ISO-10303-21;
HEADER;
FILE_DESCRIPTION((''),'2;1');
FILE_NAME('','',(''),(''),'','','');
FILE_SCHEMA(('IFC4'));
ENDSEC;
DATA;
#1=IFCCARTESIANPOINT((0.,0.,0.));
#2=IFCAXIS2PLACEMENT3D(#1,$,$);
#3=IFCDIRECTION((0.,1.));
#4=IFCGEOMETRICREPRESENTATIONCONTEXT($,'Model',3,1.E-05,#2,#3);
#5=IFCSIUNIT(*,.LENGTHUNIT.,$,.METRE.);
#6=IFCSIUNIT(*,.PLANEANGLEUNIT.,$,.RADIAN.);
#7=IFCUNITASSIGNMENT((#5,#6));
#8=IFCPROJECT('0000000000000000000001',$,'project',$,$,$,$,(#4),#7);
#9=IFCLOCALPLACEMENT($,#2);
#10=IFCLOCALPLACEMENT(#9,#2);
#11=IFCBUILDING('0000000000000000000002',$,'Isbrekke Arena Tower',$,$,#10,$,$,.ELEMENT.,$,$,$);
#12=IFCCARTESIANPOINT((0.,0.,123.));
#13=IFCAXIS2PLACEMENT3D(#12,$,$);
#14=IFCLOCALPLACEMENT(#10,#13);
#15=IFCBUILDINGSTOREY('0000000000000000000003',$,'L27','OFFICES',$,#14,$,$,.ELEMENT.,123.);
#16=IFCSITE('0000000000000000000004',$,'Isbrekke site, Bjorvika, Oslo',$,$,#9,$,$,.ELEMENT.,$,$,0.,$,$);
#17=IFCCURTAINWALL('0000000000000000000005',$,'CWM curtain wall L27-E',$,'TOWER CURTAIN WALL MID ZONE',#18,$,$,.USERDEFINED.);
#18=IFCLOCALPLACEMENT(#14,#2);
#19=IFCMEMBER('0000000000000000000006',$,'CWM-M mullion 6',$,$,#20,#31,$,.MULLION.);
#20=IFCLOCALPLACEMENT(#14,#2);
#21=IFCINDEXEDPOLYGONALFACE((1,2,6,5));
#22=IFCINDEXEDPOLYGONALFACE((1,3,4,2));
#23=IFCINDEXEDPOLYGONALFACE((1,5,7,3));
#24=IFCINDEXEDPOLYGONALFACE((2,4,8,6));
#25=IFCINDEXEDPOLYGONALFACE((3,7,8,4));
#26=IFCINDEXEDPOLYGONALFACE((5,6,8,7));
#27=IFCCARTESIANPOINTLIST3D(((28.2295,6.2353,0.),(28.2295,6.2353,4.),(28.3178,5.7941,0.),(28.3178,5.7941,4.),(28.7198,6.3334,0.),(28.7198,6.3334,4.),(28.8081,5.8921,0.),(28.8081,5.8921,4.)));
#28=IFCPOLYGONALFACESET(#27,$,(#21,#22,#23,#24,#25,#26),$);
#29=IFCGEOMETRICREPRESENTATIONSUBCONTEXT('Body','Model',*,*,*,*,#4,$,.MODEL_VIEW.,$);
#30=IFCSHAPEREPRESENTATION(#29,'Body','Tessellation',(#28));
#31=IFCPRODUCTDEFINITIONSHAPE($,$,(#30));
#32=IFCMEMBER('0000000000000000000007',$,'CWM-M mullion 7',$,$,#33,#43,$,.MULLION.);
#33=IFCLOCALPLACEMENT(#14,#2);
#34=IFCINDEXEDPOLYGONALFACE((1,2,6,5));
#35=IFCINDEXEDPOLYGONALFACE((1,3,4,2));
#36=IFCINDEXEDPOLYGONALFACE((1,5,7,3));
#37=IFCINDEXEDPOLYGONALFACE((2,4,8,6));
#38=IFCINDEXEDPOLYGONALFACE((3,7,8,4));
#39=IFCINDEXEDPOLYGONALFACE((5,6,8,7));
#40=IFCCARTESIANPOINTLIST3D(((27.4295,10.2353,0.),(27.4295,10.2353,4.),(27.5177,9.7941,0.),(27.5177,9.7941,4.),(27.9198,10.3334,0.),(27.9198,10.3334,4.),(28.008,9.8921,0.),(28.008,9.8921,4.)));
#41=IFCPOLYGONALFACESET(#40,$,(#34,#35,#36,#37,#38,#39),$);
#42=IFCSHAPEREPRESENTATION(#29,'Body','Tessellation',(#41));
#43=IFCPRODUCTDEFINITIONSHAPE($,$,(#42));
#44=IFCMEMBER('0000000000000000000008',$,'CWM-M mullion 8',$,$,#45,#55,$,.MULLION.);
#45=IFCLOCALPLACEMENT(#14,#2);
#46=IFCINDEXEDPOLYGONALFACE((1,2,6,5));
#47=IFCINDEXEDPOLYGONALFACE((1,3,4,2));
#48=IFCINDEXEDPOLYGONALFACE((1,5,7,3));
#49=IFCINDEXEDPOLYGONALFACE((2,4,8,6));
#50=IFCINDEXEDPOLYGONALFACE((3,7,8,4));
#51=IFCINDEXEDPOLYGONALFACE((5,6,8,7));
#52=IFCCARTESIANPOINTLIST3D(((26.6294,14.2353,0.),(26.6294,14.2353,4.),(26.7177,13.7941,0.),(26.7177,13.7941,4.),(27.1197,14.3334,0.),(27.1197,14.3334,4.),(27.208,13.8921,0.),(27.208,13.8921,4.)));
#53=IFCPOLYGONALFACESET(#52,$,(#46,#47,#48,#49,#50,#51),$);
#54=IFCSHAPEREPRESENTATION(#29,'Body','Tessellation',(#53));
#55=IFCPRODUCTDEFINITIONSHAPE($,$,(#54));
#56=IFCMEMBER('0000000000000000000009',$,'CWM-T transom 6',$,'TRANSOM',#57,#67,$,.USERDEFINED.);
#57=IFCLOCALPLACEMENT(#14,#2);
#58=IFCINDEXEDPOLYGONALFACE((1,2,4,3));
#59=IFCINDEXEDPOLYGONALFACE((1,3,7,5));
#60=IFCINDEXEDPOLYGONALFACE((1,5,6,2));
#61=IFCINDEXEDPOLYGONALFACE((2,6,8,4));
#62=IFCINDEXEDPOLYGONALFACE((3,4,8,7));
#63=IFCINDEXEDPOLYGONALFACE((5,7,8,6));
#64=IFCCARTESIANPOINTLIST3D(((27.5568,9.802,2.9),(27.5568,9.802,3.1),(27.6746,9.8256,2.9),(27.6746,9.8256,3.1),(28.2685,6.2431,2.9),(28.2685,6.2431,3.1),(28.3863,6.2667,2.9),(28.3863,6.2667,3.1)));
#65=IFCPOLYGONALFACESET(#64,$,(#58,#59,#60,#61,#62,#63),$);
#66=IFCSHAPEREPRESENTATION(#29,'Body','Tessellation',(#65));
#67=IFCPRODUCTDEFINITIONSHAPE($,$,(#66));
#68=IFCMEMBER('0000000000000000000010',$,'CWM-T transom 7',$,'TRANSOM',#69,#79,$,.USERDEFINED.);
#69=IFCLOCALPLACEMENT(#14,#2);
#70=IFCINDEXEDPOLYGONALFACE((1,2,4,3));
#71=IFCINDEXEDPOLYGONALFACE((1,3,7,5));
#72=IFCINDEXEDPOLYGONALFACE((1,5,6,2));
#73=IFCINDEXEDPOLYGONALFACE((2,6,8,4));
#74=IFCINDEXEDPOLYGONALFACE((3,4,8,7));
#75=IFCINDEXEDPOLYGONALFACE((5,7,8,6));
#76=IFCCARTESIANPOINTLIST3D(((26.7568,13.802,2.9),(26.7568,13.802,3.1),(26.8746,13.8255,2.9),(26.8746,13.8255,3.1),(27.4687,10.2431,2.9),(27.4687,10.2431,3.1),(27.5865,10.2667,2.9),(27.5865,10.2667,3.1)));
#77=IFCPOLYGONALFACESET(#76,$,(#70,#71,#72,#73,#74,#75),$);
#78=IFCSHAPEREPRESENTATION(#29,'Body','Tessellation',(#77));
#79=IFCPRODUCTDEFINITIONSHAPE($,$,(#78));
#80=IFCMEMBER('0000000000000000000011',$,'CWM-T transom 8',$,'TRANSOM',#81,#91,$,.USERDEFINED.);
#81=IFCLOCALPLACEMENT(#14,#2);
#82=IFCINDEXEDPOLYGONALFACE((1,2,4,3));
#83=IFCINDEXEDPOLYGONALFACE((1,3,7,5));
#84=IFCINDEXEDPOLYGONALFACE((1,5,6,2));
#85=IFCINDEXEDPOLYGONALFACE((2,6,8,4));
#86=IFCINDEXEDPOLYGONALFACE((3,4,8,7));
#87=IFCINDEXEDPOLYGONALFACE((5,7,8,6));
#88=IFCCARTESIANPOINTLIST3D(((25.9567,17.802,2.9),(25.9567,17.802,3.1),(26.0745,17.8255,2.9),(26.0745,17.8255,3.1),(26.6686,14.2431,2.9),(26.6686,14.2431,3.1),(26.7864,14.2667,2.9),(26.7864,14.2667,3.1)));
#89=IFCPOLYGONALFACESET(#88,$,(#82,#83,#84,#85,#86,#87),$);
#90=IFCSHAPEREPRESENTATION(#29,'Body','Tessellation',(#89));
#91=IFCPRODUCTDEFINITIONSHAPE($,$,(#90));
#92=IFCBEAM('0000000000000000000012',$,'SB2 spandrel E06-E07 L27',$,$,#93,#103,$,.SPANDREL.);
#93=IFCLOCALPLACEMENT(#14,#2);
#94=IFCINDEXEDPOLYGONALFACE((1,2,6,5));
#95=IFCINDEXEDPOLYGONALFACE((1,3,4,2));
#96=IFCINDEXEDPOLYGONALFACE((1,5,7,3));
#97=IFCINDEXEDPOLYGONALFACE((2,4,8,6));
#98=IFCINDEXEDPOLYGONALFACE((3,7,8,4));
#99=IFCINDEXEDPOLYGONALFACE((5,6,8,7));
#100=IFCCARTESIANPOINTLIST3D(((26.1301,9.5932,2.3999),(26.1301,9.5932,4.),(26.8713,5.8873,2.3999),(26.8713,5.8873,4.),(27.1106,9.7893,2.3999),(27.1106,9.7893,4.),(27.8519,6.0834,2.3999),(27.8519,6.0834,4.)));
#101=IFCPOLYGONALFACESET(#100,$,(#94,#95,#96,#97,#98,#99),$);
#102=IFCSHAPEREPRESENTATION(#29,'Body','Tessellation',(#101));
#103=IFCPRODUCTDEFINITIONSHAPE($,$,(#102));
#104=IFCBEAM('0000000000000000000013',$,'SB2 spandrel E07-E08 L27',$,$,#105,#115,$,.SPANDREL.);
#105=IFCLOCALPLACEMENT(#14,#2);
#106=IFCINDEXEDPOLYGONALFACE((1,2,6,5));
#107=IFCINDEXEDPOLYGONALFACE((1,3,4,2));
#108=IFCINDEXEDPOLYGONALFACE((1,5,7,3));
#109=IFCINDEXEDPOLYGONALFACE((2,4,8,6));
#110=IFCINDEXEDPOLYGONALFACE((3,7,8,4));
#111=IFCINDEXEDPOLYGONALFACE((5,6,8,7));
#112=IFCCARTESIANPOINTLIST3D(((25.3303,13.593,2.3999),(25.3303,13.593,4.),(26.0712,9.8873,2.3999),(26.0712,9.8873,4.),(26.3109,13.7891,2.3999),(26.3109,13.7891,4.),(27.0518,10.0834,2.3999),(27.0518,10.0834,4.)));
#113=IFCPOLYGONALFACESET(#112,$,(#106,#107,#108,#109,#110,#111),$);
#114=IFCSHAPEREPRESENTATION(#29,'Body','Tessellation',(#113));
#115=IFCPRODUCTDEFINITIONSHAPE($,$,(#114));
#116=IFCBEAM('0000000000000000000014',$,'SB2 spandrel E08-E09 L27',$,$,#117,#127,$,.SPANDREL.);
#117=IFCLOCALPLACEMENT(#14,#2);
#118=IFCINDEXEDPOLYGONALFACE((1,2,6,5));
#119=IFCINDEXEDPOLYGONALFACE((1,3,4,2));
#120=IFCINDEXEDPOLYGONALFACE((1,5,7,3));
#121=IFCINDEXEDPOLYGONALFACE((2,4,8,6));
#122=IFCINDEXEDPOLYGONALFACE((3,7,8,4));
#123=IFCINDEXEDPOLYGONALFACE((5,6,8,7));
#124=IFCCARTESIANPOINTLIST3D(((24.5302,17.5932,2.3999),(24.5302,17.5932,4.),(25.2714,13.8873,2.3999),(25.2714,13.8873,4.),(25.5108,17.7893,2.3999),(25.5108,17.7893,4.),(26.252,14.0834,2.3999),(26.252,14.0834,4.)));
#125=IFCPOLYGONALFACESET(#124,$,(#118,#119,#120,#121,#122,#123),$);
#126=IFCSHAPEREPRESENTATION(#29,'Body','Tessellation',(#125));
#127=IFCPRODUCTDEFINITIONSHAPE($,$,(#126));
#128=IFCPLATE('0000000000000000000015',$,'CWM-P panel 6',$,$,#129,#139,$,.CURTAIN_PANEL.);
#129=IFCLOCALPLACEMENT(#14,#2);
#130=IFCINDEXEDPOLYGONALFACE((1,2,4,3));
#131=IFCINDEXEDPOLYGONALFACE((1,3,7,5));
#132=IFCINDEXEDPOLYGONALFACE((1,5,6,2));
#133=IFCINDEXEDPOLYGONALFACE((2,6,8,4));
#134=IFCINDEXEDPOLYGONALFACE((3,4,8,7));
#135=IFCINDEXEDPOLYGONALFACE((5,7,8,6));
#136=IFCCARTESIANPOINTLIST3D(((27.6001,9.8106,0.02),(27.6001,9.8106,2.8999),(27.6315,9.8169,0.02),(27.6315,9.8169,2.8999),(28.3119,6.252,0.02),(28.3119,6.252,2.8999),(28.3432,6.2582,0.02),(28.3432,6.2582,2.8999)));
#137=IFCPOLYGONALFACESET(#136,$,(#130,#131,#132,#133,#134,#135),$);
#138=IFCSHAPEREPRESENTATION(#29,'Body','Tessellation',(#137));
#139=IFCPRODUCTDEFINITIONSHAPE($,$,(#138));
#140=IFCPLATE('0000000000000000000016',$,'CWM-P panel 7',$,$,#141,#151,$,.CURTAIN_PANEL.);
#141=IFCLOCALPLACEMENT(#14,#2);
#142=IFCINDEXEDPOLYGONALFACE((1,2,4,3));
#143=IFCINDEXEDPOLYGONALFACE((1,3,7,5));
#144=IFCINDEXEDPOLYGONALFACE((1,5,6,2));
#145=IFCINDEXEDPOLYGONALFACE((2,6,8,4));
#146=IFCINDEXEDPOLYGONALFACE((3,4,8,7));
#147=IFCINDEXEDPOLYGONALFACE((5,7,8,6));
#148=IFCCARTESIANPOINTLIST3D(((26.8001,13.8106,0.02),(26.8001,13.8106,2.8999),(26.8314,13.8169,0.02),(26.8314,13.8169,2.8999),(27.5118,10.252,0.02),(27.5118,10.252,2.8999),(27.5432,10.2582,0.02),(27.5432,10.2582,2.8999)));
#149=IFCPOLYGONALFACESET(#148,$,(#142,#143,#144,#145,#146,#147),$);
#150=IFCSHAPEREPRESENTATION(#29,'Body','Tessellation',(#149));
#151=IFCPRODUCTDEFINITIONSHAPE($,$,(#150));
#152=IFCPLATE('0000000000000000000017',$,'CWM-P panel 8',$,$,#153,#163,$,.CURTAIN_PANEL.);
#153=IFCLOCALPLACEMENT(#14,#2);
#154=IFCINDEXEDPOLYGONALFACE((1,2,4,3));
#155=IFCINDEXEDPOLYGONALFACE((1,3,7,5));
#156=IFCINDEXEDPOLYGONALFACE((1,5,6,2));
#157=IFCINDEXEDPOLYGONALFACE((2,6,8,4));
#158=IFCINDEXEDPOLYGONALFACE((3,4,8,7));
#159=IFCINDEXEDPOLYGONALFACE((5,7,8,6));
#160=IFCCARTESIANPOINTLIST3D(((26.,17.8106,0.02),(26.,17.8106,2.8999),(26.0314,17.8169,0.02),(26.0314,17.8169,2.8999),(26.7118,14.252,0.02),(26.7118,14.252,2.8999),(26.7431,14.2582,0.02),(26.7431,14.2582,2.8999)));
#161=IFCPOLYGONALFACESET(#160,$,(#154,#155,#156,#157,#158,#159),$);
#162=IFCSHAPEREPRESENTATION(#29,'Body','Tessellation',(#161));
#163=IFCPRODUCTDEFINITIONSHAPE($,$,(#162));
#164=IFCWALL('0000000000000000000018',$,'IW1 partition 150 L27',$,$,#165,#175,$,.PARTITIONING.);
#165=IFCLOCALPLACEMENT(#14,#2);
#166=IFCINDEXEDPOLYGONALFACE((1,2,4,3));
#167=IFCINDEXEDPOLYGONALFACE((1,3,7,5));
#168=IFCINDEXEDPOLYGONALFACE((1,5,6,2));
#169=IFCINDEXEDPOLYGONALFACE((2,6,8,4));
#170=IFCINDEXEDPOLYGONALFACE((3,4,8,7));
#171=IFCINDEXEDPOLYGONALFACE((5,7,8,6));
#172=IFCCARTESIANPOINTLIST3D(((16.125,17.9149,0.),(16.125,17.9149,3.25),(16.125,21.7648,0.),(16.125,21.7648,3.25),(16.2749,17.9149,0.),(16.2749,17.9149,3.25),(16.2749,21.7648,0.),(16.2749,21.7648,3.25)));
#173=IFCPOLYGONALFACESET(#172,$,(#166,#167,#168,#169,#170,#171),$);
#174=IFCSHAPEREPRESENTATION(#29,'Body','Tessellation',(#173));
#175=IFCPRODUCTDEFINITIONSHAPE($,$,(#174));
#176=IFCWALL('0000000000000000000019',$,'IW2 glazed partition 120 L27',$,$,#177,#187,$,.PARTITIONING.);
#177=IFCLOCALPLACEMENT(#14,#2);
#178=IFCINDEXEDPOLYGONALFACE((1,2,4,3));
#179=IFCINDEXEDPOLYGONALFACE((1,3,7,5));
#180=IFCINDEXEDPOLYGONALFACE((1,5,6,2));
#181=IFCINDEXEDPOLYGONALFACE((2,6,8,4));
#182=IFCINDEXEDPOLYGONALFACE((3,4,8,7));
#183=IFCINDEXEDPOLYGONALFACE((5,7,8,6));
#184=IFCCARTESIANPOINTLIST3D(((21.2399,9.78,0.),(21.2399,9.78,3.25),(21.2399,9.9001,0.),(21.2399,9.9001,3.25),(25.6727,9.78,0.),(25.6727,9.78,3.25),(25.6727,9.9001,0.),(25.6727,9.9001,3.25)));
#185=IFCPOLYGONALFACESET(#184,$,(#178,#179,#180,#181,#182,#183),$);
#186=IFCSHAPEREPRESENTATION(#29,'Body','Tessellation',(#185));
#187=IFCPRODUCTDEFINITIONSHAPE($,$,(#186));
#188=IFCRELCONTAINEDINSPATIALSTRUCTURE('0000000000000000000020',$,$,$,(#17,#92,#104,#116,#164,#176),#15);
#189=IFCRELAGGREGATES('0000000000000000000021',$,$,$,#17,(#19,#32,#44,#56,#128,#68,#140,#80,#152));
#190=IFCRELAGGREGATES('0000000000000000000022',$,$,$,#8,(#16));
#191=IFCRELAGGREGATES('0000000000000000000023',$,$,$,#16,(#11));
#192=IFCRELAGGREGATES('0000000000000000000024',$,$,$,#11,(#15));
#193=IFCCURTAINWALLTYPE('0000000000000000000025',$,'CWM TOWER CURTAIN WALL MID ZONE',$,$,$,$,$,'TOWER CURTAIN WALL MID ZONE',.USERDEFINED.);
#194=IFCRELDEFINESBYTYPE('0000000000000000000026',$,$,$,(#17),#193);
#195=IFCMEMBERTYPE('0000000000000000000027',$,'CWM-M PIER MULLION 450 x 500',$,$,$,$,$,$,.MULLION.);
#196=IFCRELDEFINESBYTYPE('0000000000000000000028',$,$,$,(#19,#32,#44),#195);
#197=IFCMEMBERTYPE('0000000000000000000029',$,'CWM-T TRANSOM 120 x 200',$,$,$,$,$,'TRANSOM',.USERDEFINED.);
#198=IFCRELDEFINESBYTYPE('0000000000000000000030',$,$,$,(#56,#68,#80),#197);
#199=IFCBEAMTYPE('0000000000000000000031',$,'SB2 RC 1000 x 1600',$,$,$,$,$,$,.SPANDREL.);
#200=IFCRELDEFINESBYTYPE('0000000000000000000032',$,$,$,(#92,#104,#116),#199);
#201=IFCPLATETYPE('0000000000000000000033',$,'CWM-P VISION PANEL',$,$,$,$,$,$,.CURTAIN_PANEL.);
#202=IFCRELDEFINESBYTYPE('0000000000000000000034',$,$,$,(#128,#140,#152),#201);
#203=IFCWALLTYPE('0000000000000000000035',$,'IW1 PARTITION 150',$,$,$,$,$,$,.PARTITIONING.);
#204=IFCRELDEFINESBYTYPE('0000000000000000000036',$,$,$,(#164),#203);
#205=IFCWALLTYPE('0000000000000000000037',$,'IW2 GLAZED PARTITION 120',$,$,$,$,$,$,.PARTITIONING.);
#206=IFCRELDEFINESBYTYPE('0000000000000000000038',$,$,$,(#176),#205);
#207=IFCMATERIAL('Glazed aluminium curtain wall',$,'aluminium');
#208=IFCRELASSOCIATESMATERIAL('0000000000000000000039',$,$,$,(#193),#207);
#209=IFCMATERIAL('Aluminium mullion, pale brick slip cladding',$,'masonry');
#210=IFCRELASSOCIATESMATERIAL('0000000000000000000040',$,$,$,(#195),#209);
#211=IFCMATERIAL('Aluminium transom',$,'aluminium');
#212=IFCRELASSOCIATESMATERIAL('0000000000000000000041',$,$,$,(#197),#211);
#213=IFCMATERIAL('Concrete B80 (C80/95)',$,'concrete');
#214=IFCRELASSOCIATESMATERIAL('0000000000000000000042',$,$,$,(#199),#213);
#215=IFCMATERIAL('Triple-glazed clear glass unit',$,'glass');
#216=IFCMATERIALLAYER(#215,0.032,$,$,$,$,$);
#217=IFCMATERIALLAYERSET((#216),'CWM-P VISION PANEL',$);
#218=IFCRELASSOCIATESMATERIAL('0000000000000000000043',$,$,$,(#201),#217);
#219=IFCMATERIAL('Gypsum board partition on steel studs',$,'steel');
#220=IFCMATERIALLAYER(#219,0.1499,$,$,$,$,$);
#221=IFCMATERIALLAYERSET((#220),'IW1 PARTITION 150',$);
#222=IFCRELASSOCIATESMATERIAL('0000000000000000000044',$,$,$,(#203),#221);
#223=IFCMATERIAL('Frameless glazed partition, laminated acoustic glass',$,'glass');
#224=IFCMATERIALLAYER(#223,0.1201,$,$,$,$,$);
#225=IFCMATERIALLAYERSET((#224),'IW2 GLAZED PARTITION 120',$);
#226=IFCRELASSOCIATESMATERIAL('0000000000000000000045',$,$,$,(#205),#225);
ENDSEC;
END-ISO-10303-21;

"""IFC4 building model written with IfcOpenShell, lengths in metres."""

from ifc_helpers import new_model, si_unit, direction, frame, frame_2d, origin, origin_2d, place, context, subcontext, project, spatial, rectangle, extrude, material, layer, layer_set, material_profile, profile_set, type_object, element, aggregate, save


model = new_model("IFC4")

# Units and contexts
model_context = context("Model", 3, precision=1e-05, world=origin(), true_north=direction((0.0, 1.0)))
body_context = subcontext(model_context, "Body", "Model", "MODEL_VIEW")
ifc_project = project(units=[si_unit("LENGTHUNIT", "METRE"), si_unit("PLANEANGLEUNIT", "RADIAN")], contexts=[model_context])

# Site, building, storey
site_placement = place(None, origin())
site = spatial("IfcSite", under=ifc_project, at=site_placement, Name="Isbrekke site, Bjorvika, Oslo", CompositionType="ELEMENT", RefElevation=0.0)
building_placement = place(site_placement, origin())
building = spatial("IfcBuilding", under=site, at=building_placement, Name="Isbrekke Arena Tower", CompositionType="ELEMENT")
storey_placement = place(building_placement, frame((0.0, 0.0, 123.0)))
storey = spatial("IfcBuildingStorey", under=building, at=storey_placement, Name="L27", Description="OFFICES", CompositionType="ELEMENT", Elevation=123.0)

# Curtain wall, members
ifc_material_1 = material(Name="Glazed aluminium curtain wall", Category="aluminium")
curtain_wall_type = type_object("IfcCurtainWallType", Name="CWM TOWER CURTAIN WALL MID ZONE", ElementType="TOWER CURTAIN WALL MID ZONE", PredefinedType="USERDEFINED", material=ifc_material_1)
curtain_wall_placement = place(storey_placement, origin())
curtain_wall = element("IfcCurtainWall", 1, at=curtain_wall_placement, inside=storey, type_object=curtain_wall_type, Name="CWM curtain wall L27-E", ObjectType="TOWER CURTAIN WALL MID ZONE", PredefinedType="USERDEFINED")
ifc_material_2 = material(Name="Aluminium mullion, pale brick slip cladding", Category="masonry")
ifc_material_profile_1 = material_profile(ifc_material_2, rectangle(XDim=0.45, YDim=0.5, at=origin_2d()), Name="PIER 450X500")
ifc_profile_set_1 = profile_set([ifc_material_profile_1], Name="Aluminium mullion, pale brick slip cladding")
member_type_1 = type_object("IfcMemberType", Name="CWM-M PIER MULLION 450 x 500", PredefinedType="MULLION", material=ifc_profile_set_1)
member_1_placement = place(storey_placement, frame((28.5188, 6.0637, 0.0), z_axis=(0.0, 0.0, 1.0), x_axis=(-0.196116, 0.980581, 0.0)))
member_1 = element("IfcMember", 2, at=member_1_placement, type_object=member_type_1, Name="CWM-M mullion 6", PredefinedType="MULLION", context=body_context, shape_type="SweptSolid", body=[
    extrude(rectangle(XDim=0.45, YDim=0.5, at=origin_2d()), origin(), (0.0, 0.0, 1.0), 4.0),
])
member_2_placement = place(storey_placement, frame((27.7188, 10.0637, 0.0), z_axis=(0.0, 0.0, 1.0), x_axis=(-0.196116, 0.980581, 0.0)))
member_2 = element("IfcMember", 3, at=member_2_placement, type_object=member_type_1, Name="CWM-M mullion 7", PredefinedType="MULLION", context=body_context, shape_type="SweptSolid", body=[
    extrude(rectangle(XDim=0.45, YDim=0.5, at=origin_2d()), origin(), (0.0, 0.0, 1.0), 4.0),
])
member_3_placement = place(storey_placement, frame((26.9187, 14.0637, 0.0), z_axis=(0.0, 0.0, 1.0), x_axis=(-0.196116, 0.980581, 0.0)))
member_3 = element("IfcMember", 4, at=member_3_placement, type_object=member_type_1, Name="CWM-M mullion 8", PredefinedType="MULLION", context=body_context, shape_type="SweptSolid", body=[
    extrude(rectangle(XDim=0.45, YDim=0.5, at=origin_2d()), origin(), (0.0, 0.0, 1.0), 4.0),
])
ifc_material_3 = material(Name="Aluminium transom", Category="aluminium")
ifc_material_profile_2 = material_profile(ifc_material_3, rectangle(XDim=0.1201, YDim=0.2, at=origin_2d()), Name="TRANSOM 120X200")
ifc_profile_set_2 = profile_set([ifc_material_profile_2], Name="Aluminium transom")
member_type_2 = type_object("IfcMemberType", Name="CWM-T TRANSOM 120 x 200", ElementType="TRANSOM", PredefinedType="USERDEFINED", material=ifc_profile_set_2)
member_4_placement = place(storey_placement, frame((28.3274, 6.2549, 3.0), z_axis=(-0.19609, 0.980586, 0.0), x_axis=(-0.980586, -0.19609, 0.0)))
member_4 = element("IfcMember", 5, at=member_4_placement, type_object=member_type_2, Name="CWM-T transom 6", ObjectType="TRANSOM", PredefinedType="USERDEFINED", context=body_context, shape_type="SweptSolid", body=[
    extrude(rectangle(XDim=0.1201, YDim=0.2, at=origin_2d()), origin(), (0.0, 0.0, 1.0), 3.6294),
])
member_5_placement = place(storey_placement, frame((27.5276, 10.2549, 3.0), z_axis=(-0.196155, 0.980573, 0.0), x_axis=(-0.980573, -0.196155, 0.0)))
member_5 = element("IfcMember", 6, at=member_5_placement, type_object=member_type_2, Name="CWM-T transom 7", ObjectType="TRANSOM", PredefinedType="USERDEFINED", context=body_context, shape_type="SweptSolid", body=[
    extrude(rectangle(XDim=0.1201, YDim=0.2, at=origin_2d()), origin(), (0.0, 0.0, 1.0), 3.6294),
])
member_6_placement = place(storey_placement, frame((26.7275, 14.2549, 3.0), z_axis=(-0.196155, 0.980573, 0.0), x_axis=(-0.980573, -0.196155, 0.0)))
member_6 = element("IfcMember", 7, at=member_6_placement, type_object=member_type_2, Name="CWM-T transom 8", ObjectType="TRANSOM", PredefinedType="USERDEFINED", context=body_context, shape_type="SweptSolid", body=[
    extrude(rectangle(XDim=0.1201, YDim=0.2, at=origin_2d()), origin(), (0.0, 0.0, 1.0), 3.6294),
])

# Beams
ifc_material_4 = material(Name="Concrete B80 (C80/95)", Category="concrete")
ifc_material_profile_3 = material_profile(ifc_material_4, rectangle(XDim=1.0, YDim=1.6001, at=origin_2d()), Name="RC 1000x1600")
ifc_profile_set_3 = profile_set([ifc_material_profile_3], Name="Concrete B80 (C80/95)")
beam_type_1 = type_object("IfcBeamType", Name="SB2 RC 1000 x 1600", PredefinedType="SPANDREL", material=ifc_profile_set_3)
beam_1_placement = place(storey_placement, frame((27.3616, 5.9854, 3.2), z_axis=(-0.196129, 0.980578, 0.0), x_axis=(-0.980578, -0.196129, 0.0)))
element("IfcBeam", 8, at=beam_1_placement, inside=storey, type_object=beam_type_1, Name="SB2 spandrel E06-E07 L27", PredefinedType="SPANDREL", context=body_context, shape_type="SweptSolid", body=[
    extrude(rectangle(XDim=1.0, YDim=1.6001, at=origin_2d()), origin(), (0.0, 0.0, 1.0), 3.7793),
])
beam_2_placement = place(storey_placement, frame((26.5615, 9.9854, 3.2), z_axis=(-0.196066, 0.980591, 0.0), x_axis=(-0.980591, -0.196066, 0.0)))
element("IfcBeam", 9, at=beam_2_placement, inside=storey, type_object=beam_type_1, Name="SB2 spandrel E07-E08 L27", PredefinedType="SPANDREL", context=body_context, shape_type="SweptSolid", body=[
    extrude(rectangle(XDim=1.0, YDim=1.6001, at=origin_2d()), origin(), (0.0, 0.0, 1.0), 3.7791),
])
beam_3_placement = place(storey_placement, frame((25.7617, 13.9854, 3.2), z_axis=(-0.196129, 0.980578, 0.0), x_axis=(-0.980578, -0.196129, 0.0)))
element("IfcBeam", 10, at=beam_3_placement, inside=storey, type_object=beam_type_1, Name="SB2 spandrel E08-E09 L27", PredefinedType="SPANDREL", context=body_context, shape_type="SweptSolid", body=[
    extrude(rectangle(XDim=1.0, YDim=1.6001, at=origin_2d()), origin(), (0.0, 0.0, 1.0), 3.7793),
])

# Plates
ifc_material_5 = material(Name="Triple-glazed clear glass unit", Category="glass")
ifc_layer_1 = layer(ifc_material_5, 0.032)
ifc_layer_set_1 = layer_set([ifc_layer_1], Name="CWM-P VISION PANEL")
plate_type = type_object("IfcPlateType", Name="CWM-P VISION PANEL", PredefinedType="CURTAIN_PANEL", material=ifc_layer_set_1)
plate_1_placement = place(storey_placement, frame((27.9717, 8.0344, 0.02), z_axis=(0.0, 0.0, 1.0), x_axis=(-0.196116, 0.980581, 0.0)))
plate_1 = element("IfcPlate", 11, at=plate_1_placement, type_object=plate_type, Name="CWM-P panel 6", PredefinedType="CURTAIN_PANEL", context=body_context, shape_type="SweptSolid", body=[
    extrude(rectangle(XDim=3.6292, YDim=0.032, at=origin_2d()), origin(), (0.0, 0.0, 1.0), 2.8799),
])
plate_2_placement = place(storey_placement, frame((27.1716, 12.0344, 0.02), z_axis=(0.0, 0.0, 1.0), x_axis=(-0.196116, 0.980581, 0.0)))
plate_2 = element("IfcPlate", 12, at=plate_2_placement, type_object=plate_type, Name="CWM-P panel 7", PredefinedType="CURTAIN_PANEL", context=body_context, shape_type="SweptSolid", body=[
    extrude(rectangle(XDim=3.6292, YDim=0.032, at=origin_2d()), origin(), (0.0, 0.0, 1.0), 2.8799),
])
plate_3_placement = place(storey_placement, frame((26.3716, 16.0344, 0.02), z_axis=(0.0, 0.0, 1.0), x_axis=(-0.196116, 0.980581, 0.0)))
plate_3 = element("IfcPlate", 13, at=plate_3_placement, type_object=plate_type, Name="CWM-P panel 8", PredefinedType="CURTAIN_PANEL", context=body_context, shape_type="SweptSolid", body=[
    extrude(rectangle(XDim=3.6292, YDim=0.032, at=origin_2d()), origin(), (0.0, 0.0, 1.0), 2.8799),
])
aggregate(curtain_wall, [member_1, member_2, member_3, member_4, plate_1, member_5, plate_2, member_6, plate_3])

# Walls
ifc_material_6 = material(Name="Gypsum board partition on steel studs", Category="steel")
ifc_layer_2 = layer(ifc_material_6, 0.1499)
ifc_layer_set_2 = layer_set([ifc_layer_2], Name="IW1 PARTITION 150")
wall_type_1 = type_object("IfcWallType", Name="IW1 PARTITION 150", PredefinedType="PARTITIONING", material=ifc_layer_set_2)
wall_1_placement = place(storey_placement, frame((16.2, 17.915, 0.0), z_axis=(0.0, 0.0, 1.0), x_axis=(0.0, 1.0, 0.0)))
element("IfcWall", 14, at=wall_1_placement, inside=storey, type_object=wall_type_1, Name="IW1 partition 150 L27", PredefinedType="PARTITIONING", context=body_context, shape_type="SweptSolid", body=[
    extrude(rectangle(XDim=3.8499, YDim=0.1499, at=frame_2d((1.9248, 0.0))), origin(), (0.0, 0.0, 1.0), 3.25),
])
ifc_material_7 = material(Name="Frameless glazed partition, laminated acoustic glass", Category="glass")
ifc_layer_3 = layer(ifc_material_7, 0.1201)
ifc_layer_set_3 = layer_set([ifc_layer_3], Name="IW2 GLAZED PARTITION 120")
wall_type_2 = type_object("IfcWallType", Name="IW2 GLAZED PARTITION 120", PredefinedType="PARTITIONING", material=ifc_layer_set_3)
wall_2_placement = place(storey_placement, frame((21.24, 9.8401, 0.0), z_axis=(0.0, 0.0, 1.0), x_axis=(1.0, 0.0, 0.0)))
element("IfcWall", 15, at=wall_2_placement, inside=storey, type_object=wall_type_2, Name="IW2 glazed partition 120 L27", PredefinedType="PARTITIONING", context=body_context, shape_type="SweptSolid", body=[
    extrude(rectangle(XDim=4.4329, YDim=0.1201, at=frame_2d((2.2163, 0.0))), origin(), (0.0, 0.0, 1.0), 3.25),
])

save(model, "model.ifc")
